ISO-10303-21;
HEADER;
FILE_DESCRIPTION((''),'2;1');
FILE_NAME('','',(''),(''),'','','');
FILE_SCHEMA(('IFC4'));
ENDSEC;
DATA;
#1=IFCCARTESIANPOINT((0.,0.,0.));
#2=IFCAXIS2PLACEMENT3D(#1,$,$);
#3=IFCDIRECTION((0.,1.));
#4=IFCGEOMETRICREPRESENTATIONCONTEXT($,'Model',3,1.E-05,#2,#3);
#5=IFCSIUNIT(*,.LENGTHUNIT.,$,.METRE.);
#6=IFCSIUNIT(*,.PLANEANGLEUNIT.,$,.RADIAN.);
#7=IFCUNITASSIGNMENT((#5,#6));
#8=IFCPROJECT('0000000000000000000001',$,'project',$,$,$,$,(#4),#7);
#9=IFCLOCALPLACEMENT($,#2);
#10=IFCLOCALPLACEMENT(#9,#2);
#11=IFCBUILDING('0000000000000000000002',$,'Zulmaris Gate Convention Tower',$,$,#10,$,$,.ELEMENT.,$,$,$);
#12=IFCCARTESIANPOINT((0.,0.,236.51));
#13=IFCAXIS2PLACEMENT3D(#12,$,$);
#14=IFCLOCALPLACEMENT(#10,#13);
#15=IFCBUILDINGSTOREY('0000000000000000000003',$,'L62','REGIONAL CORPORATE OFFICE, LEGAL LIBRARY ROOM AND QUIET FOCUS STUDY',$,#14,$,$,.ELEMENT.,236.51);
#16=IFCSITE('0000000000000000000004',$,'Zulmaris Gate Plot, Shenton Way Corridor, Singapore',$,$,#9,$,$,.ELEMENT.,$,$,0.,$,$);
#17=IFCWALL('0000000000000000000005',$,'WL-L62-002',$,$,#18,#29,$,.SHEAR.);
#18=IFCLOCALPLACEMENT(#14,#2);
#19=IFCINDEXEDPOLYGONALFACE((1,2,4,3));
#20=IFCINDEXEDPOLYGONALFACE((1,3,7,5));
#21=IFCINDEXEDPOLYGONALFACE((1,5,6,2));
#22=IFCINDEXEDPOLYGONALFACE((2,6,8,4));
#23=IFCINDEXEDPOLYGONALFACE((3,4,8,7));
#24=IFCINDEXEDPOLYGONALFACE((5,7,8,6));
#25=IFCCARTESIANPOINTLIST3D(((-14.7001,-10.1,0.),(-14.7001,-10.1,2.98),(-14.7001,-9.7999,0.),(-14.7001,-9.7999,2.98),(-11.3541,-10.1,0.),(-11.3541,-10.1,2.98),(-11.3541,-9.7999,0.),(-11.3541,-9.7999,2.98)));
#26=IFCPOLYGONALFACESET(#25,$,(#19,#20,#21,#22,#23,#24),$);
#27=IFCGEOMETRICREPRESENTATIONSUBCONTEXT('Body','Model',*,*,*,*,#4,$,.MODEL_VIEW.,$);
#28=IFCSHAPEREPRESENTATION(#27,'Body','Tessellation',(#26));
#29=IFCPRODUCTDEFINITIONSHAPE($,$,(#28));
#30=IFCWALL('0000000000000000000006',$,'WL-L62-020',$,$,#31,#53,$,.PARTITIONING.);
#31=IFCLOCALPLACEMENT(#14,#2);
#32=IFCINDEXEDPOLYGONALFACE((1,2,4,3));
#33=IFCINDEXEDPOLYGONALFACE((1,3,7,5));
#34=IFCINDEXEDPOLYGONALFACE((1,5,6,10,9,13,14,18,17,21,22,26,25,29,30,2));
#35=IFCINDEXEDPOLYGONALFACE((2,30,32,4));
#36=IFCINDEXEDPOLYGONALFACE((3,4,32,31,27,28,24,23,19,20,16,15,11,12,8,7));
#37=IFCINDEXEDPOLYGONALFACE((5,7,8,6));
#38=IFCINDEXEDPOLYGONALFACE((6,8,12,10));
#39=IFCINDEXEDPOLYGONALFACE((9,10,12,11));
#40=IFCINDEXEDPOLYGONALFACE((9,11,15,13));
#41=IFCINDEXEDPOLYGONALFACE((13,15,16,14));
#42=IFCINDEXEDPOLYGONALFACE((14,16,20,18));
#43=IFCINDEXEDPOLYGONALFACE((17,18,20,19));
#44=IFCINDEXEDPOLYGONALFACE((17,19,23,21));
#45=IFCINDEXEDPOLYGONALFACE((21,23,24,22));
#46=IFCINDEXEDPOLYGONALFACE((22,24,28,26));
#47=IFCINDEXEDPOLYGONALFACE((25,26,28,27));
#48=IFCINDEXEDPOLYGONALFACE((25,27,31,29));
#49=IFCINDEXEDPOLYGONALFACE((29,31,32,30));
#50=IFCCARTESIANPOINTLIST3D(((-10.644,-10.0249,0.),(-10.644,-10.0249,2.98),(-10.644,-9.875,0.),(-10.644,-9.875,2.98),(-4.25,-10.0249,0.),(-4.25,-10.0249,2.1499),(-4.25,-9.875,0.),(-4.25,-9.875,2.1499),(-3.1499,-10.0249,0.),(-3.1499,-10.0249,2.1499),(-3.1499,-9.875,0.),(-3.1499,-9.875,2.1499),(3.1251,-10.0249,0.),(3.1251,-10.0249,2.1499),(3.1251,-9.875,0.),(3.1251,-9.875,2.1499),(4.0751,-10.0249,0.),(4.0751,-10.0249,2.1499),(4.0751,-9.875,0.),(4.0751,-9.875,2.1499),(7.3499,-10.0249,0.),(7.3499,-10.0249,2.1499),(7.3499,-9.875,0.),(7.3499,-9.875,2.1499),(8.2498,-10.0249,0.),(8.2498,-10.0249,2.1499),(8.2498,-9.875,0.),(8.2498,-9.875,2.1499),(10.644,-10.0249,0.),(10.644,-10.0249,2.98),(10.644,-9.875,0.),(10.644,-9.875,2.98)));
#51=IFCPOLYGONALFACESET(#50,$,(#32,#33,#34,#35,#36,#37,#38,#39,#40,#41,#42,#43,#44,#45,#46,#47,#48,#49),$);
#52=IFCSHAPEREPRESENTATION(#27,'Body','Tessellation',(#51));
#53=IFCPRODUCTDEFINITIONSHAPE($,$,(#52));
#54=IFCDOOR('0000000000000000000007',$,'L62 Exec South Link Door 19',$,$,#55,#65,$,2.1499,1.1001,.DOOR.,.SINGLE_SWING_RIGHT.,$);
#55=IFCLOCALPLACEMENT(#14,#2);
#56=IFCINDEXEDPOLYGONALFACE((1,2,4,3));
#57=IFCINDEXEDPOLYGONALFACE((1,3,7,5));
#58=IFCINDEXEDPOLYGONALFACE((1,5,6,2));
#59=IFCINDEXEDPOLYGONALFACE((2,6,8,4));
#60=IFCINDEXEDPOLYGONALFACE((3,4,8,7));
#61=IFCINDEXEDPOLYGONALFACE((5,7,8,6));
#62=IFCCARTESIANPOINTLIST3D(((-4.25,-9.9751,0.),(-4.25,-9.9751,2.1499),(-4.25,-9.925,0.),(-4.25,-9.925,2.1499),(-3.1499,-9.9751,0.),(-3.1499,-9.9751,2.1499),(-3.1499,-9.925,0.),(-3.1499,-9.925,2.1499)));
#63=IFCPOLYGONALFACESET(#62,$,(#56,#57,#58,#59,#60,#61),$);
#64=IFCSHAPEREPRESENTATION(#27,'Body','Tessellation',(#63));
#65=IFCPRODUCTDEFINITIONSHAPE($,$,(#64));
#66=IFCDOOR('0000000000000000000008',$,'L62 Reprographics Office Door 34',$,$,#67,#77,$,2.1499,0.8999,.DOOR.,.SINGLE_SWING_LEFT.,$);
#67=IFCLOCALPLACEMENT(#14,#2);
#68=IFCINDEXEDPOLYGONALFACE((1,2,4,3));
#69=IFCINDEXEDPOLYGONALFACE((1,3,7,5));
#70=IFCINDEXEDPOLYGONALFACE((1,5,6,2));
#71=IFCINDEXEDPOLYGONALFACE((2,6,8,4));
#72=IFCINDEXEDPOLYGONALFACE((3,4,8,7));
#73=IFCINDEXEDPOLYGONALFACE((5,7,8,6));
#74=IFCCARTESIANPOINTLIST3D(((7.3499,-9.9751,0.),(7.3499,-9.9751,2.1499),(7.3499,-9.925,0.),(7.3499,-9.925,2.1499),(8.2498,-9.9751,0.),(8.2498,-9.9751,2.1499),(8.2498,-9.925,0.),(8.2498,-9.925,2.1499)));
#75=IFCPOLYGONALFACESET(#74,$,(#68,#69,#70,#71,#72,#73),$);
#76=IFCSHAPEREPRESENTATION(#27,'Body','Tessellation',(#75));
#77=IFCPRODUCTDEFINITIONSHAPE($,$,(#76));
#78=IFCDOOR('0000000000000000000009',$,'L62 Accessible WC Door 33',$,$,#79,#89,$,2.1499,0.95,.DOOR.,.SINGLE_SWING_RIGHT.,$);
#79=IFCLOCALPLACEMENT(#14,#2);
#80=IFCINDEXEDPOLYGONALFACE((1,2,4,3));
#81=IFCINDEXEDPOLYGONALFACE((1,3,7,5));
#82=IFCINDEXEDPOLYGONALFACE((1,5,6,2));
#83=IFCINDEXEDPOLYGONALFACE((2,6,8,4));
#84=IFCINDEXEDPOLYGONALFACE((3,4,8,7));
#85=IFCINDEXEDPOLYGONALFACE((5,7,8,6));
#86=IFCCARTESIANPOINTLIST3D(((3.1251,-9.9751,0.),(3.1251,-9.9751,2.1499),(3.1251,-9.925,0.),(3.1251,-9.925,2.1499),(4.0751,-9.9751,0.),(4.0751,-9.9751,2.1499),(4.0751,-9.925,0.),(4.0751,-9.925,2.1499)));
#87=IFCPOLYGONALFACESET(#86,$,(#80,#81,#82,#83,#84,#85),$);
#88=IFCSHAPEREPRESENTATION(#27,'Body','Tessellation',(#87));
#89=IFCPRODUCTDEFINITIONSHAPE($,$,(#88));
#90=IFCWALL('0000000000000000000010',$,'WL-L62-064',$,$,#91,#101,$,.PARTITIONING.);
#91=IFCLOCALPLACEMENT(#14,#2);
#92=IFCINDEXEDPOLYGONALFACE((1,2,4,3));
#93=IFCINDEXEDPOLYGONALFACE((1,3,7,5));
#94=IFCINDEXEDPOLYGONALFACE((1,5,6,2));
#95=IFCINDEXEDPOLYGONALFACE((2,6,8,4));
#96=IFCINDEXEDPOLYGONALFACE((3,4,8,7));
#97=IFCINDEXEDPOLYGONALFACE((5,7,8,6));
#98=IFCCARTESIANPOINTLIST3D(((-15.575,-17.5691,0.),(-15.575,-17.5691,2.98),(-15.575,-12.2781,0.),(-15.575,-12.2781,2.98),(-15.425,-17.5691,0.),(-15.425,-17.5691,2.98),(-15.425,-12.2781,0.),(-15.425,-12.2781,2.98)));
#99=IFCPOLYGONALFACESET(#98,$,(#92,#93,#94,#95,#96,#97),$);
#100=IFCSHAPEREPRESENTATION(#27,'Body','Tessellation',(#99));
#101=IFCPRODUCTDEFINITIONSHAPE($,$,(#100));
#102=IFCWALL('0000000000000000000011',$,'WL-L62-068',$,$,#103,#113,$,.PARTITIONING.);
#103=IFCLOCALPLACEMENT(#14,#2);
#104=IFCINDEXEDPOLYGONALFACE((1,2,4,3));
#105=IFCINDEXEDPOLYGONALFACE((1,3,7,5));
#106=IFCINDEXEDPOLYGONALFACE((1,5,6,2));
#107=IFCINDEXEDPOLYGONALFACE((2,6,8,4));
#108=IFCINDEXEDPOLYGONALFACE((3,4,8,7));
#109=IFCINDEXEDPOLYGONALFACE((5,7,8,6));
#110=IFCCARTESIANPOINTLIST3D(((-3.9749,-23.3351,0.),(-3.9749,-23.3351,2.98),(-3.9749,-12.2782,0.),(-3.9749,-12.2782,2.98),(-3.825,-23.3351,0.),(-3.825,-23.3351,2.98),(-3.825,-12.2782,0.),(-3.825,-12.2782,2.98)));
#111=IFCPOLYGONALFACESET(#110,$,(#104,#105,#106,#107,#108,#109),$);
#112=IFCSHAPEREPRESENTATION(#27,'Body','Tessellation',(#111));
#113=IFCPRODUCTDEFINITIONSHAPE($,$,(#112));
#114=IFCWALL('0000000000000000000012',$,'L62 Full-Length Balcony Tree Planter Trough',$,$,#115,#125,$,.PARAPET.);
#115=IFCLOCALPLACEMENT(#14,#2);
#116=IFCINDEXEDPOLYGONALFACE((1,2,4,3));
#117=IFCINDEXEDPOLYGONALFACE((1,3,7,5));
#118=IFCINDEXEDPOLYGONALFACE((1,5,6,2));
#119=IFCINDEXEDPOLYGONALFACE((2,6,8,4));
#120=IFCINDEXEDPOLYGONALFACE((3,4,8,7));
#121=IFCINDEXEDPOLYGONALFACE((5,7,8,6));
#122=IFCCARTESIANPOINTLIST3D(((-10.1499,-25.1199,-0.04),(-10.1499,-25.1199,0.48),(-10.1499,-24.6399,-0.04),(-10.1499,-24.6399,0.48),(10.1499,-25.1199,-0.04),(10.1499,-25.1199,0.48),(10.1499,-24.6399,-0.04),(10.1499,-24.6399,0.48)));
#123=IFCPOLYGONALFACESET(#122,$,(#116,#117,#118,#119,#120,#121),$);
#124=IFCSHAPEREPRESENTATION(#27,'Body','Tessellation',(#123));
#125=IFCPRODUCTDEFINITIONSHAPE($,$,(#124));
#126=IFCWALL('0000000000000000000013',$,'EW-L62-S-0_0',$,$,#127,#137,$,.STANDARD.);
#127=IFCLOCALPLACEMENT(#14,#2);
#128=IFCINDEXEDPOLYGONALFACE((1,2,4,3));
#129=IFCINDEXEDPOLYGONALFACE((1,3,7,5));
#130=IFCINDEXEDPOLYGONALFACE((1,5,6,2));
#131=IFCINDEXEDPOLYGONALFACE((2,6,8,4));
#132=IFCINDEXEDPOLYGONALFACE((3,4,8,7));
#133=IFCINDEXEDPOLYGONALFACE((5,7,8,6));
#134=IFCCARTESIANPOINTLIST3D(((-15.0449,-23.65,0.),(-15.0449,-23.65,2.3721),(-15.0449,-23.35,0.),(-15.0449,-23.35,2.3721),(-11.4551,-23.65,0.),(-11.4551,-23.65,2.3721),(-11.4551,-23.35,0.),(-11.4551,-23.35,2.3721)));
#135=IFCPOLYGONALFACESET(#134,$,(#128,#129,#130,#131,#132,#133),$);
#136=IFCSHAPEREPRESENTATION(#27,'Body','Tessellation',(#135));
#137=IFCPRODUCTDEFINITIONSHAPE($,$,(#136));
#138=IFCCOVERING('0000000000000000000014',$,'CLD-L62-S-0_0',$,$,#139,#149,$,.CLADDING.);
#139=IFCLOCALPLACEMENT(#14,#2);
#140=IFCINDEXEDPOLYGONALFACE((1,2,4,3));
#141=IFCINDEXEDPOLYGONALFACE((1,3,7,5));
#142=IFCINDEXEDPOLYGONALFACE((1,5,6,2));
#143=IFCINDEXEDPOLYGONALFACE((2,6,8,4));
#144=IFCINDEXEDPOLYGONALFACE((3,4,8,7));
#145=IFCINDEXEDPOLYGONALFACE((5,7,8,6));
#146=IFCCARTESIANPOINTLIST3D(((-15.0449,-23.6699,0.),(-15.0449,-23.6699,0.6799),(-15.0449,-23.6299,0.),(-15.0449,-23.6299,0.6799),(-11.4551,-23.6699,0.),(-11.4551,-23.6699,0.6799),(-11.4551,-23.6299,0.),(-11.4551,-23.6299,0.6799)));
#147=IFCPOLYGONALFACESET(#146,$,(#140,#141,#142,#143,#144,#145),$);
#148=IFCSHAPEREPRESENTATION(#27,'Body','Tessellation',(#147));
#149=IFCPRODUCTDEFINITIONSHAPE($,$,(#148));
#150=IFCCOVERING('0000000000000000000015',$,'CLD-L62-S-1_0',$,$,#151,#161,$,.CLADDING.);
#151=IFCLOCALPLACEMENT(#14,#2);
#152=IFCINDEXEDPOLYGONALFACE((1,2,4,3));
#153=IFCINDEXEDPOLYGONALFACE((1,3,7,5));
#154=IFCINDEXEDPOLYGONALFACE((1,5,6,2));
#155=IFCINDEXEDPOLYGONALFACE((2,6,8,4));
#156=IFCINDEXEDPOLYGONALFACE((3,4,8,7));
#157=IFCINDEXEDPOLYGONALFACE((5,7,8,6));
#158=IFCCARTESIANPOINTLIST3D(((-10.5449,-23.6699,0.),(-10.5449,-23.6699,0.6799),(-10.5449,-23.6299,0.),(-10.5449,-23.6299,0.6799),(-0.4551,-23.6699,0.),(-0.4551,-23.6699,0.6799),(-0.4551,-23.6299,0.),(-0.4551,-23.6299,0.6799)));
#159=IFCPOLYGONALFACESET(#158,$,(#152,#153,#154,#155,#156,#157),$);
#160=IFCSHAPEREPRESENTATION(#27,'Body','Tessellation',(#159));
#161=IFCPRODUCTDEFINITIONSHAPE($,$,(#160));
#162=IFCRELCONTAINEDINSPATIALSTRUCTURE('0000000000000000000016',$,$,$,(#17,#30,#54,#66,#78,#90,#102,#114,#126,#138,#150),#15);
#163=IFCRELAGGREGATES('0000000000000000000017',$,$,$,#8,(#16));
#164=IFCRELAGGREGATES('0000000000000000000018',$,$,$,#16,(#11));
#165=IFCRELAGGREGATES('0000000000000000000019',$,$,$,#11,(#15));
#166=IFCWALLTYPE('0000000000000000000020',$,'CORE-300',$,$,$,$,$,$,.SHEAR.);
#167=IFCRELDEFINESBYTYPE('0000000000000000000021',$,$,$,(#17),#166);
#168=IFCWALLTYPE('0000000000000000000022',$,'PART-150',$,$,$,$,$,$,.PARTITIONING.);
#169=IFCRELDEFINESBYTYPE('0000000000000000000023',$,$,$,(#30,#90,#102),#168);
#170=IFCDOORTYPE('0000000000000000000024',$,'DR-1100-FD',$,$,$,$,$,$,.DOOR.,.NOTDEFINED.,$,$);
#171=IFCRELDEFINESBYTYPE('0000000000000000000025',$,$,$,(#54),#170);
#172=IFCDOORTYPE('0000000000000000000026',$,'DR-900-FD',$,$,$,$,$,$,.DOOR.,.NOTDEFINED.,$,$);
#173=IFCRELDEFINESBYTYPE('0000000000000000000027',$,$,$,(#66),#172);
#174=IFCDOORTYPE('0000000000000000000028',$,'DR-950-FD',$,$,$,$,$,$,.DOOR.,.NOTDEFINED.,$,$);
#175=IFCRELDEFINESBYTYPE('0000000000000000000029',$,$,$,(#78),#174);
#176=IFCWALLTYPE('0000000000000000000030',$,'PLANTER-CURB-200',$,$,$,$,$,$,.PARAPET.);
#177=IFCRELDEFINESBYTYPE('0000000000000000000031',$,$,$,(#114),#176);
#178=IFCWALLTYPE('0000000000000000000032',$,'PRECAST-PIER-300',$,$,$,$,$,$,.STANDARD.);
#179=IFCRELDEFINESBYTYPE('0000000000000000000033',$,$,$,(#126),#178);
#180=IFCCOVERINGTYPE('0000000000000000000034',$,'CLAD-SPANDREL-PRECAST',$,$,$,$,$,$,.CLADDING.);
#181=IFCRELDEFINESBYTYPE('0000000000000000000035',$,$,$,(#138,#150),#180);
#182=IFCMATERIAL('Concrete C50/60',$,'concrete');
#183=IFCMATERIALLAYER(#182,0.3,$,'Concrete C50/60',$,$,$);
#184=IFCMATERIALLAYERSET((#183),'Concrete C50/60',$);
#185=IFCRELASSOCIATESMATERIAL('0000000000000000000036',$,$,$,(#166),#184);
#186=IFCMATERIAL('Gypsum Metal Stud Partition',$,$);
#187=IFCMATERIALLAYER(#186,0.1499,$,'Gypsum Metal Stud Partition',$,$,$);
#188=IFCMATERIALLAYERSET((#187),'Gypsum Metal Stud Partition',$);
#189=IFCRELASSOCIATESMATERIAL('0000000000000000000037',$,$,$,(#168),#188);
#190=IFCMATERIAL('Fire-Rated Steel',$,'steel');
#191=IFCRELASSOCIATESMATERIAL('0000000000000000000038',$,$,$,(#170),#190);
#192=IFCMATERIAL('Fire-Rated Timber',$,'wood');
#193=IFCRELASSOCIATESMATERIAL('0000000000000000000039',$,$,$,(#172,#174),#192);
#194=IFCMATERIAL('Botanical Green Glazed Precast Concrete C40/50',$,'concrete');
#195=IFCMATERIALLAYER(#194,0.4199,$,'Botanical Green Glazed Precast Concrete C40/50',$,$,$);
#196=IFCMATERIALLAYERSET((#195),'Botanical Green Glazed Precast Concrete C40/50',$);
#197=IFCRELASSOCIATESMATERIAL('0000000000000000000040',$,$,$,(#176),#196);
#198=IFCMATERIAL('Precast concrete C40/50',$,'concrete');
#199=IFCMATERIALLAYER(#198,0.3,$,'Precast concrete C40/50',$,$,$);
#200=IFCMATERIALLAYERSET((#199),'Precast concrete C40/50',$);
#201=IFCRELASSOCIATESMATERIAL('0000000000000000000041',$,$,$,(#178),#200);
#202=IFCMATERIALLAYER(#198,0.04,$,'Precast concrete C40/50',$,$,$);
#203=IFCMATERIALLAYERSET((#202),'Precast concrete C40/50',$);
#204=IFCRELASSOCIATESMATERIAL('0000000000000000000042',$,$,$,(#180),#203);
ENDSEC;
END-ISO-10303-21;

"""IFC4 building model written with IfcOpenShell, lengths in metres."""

from ifc_helpers import new_model, si_unit, direction, frame, frame_2d, origin, place, context, subcontext, project, spatial, rectangle, extrude, material, layer, layer_set, type_object, element, fill, save


model = new_model("IFC4")

# Units and contexts
model_context = context("Model", 3, precision=1e-05, world=origin(), true_north=direction((0.0, 1.0)))
body_context = subcontext(model_context, "Body", "Model", "MODEL_VIEW")
ifc_project = project(units=[si_unit("LENGTHUNIT", "METRE"), si_unit("PLANEANGLEUNIT", "RADIAN")], contexts=[model_context])

# Site, building, storey
site_placement = place(None, origin())
site = spatial("IfcSite", under=ifc_project, at=site_placement, Name="Zulmaris Gate Plot, Shenton Way Corridor, Singapore", CompositionType="ELEMENT", RefElevation=0.0)
building_placement = place(site_placement, origin())
building = spatial("IfcBuilding", under=site, at=building_placement, Name="Zulmaris Gate Convention Tower", CompositionType="ELEMENT")
storey_placement = place(building_placement, frame((0.0, 0.0, 236.51)))
storey = spatial("IfcBuildingStorey", under=building, at=storey_placement, Name="L62", Description="REGIONAL CORPORATE OFFICE, LEGAL LIBRARY ROOM AND QUIET FOCUS STUDY", CompositionType="ELEMENT", Elevation=236.51)

# Shared definitions
ifc_material_1 = material(Name="Concrete C50/60", Category="concrete")

# Wall
ifc_layer_1 = layer(ifc_material_1, 0.3, Name="Concrete C50/60")
ifc_layer_set_1 = layer_set([ifc_layer_1], Name="Concrete C50/60")
wall_type_1 = type_object("IfcWallType", Name="CORE-300", PredefinedType="SHEAR", material=ifc_layer_set_1)
wall_1_placement = place(storey_placement, frame((-14.7, -9.95, 0.0), z_axis=(0.0, 0.0, 1.0), x_axis=(1.0, 0.0, 0.0)))
element("IfcWall", 1, at=wall_1_placement, inside=storey, type_object=wall_type_1, Name="WL-L62-002", PredefinedType="SHEAR", context=body_context, shape_type="SweptSolid", body=[
    extrude(rectangle(XDim=3.3459, YDim=0.3, at=frame_2d((1.6729, 0.0))), origin(), (0.0, 0.0, 1.0), 2.98),
])

# Wall, openings, doors
ifc_material_2 = material(Name="Gypsum Metal Stud Partition")
ifc_layer_2 = layer(ifc_material_2, 0.1499, Name="Gypsum Metal Stud Partition")
ifc_layer_set_2 = layer_set([ifc_layer_2], Name="Gypsum Metal Stud Partition")
wall_type_2 = type_object("IfcWallType", Name="PART-150", PredefinedType="PARTITIONING", material=ifc_layer_set_2)
wall_2_placement = place(storey_placement, frame((-10.644, -9.95, 0.0), z_axis=(0.0, 0.0, 1.0), x_axis=(1.0, 0.0, 0.0)))
wall_2 = element("IfcWall", 2, at=wall_2_placement, inside=storey, type_object=wall_type_2, Name="WL-L62-020", PredefinedType="PARTITIONING", context=body_context, shape_type="SweptSolid", body=[
    extrude(rectangle(XDim=21.2881, YDim=0.1499, at=frame_2d((10.644, 0.0))), origin(), (0.0, 0.0, 1.0), 2.98),
])
opening_1_placement = place(wall_2_placement, frame((6.394, 0.0, 0.0)))
opening_1 = element("IfcOpeningElement", 3, at=opening_1_placement, cuts=wall_2, PredefinedType="OPENING", context=body_context, shape_type="SweptSolid", body=[
    extrude(rectangle(XDim=1.1001, YDim=2.1499, at=frame_2d((0.55, 1.075))), frame((0.0, 0.085, 0.0), z_axis=(0.0, -1.0, 0.0), x_axis=(1.0, 0.0, 0.0)), (0.0, 0.0, 1.0), 0.1699),
])
opening_2_placement = place(wall_2_placement, frame((13.769, 0.0, 0.0)))
opening_2 = element("IfcOpeningElement", 4, at=opening_2_placement, cuts=wall_2, PredefinedType="OPENING", context=body_context, shape_type="SweptSolid", body=[
    extrude(rectangle(XDim=0.95, YDim=2.1499, at=frame_2d((0.4751, 1.075))), frame((0.0, 0.085, 0.0), z_axis=(0.0, -1.0, 0.0), x_axis=(1.0, 0.0, 0.0)), (0.0, 0.0, 1.0), 0.1699),
])
opening_3_placement = place(wall_2_placement, frame((17.9939, 0.0, 0.0)))
opening_3 = element("IfcOpeningElement", 5, at=opening_3_placement, cuts=wall_2, PredefinedType="OPENING", context=body_context, shape_type="SweptSolid", body=[
    extrude(rectangle(XDim=0.8999, YDim=2.1499, at=frame_2d((0.45, 1.075))), frame((0.0, 0.085, 0.0), z_axis=(0.0, -1.0, 0.0), x_axis=(1.0, 0.0, 0.0)), (0.0, 0.0, 1.0), 0.1699),
])
ifc_material_3 = material(Name="Fire-Rated Steel", Category="steel")
door_type_1 = type_object("IfcDoorType", Name="DR-1100-FD", OperationType="NOTDEFINED", PredefinedType="DOOR", material=ifc_material_3)
door_1_placement = place(opening_1_placement, origin())
door_1 = element("IfcDoor", 6, at=door_1_placement, inside=storey, type_object=door_type_1, Name="L62 Exec South Link Door 19", OperationType="SINGLE_SWING_RIGHT", OverallHeight=2.1499, OverallWidth=1.1001, PredefinedType="DOOR", context=body_context, shape_type="SweptSolid", body=[
    extrude(rectangle(XDim=1.1001, YDim=2.1499, at=frame_2d((0.55, 1.075))), frame((0.0, 0.0249, 0.0), z_axis=(0.0, -1.0, 0.0), x_axis=(1.0, 0.0, 0.0)), (0.0, 0.0, 1.0), 0.05),
])
fill(opening_1, door_1)
ifc_material_4 = material(Name="Fire-Rated Timber", Category="wood")
door_type_2 = type_object("IfcDoorType", Name="DR-900-FD", OperationType="NOTDEFINED", PredefinedType="DOOR", material=ifc_material_4)
door_2_placement = place(opening_3_placement, origin())
door_2 = element("IfcDoor", 7, at=door_2_placement, inside=storey, type_object=door_type_2, Name="L62 Reprographics Office Door 34", OperationType="SINGLE_SWING_LEFT", OverallHeight=2.1499, OverallWidth=0.8999, PredefinedType="DOOR", context=body_context, shape_type="SweptSolid", body=[
    extrude(rectangle(XDim=0.8999, YDim=2.1499, at=frame_2d((0.45, 1.075))), frame((0.0, 0.0249, 0.0), z_axis=(0.0, -1.0, 0.0), x_axis=(1.0, 0.0, 0.0)), (0.0, 0.0, 1.0), 0.05),
])
fill(opening_3, door_2)
door_type_3 = type_object("IfcDoorType", Name="DR-950-FD", OperationType="NOTDEFINED", PredefinedType="DOOR", material=ifc_material_4)
door_3_placement = place(opening_2_placement, origin())
door_3 = element("IfcDoor", 8, at=door_3_placement, inside=storey, type_object=door_type_3, Name="L62 Accessible WC Door 33", OperationType="SINGLE_SWING_RIGHT", OverallHeight=2.1499, OverallWidth=0.95, PredefinedType="DOOR", context=body_context, shape_type="SweptSolid", body=[
    extrude(rectangle(XDim=0.95, YDim=2.1499, at=frame_2d((0.4751, 1.075))), frame((0.0, 0.0249, 0.0), z_axis=(0.0, -1.0, 0.0), x_axis=(1.0, 0.0, 0.0)), (0.0, 0.0, 1.0), 0.05),
])
fill(opening_2, door_3)

# Walls
wall_3_placement = place(storey_placement, frame((-15.5, -17.5691, 0.0), z_axis=(0.0, 0.0, 1.0), x_axis=(0.0, 1.0, 0.0)))
element("IfcWall", 9, at=wall_3_placement, inside=storey, type_object=wall_type_2, Name="WL-L62-064", PredefinedType="PARTITIONING", context=body_context, shape_type="SweptSolid", body=[
    extrude(rectangle(XDim=5.291, YDim=0.1499, at=frame_2d((2.6455, 0.0))), origin(), (0.0, 0.0, 1.0), 2.98),
])
wall_4_placement = place(storey_placement, frame((-3.8999, -23.335, 0.0), z_axis=(0.0, 0.0, 1.0), x_axis=(0.0, 1.0, 0.0)))
element("IfcWall", 10, at=wall_4_placement, inside=storey, type_object=wall_type_2, Name="WL-L62-068", PredefinedType="PARTITIONING", context=body_context, shape_type="SweptSolid", body=[
    extrude(rectangle(XDim=11.0569, YDim=0.1499, at=frame_2d((5.5283, 0.0))), origin(), (0.0, 0.0, 1.0), 2.98),
])
ifc_material_5 = material(Name="Botanical Green Glazed Precast Concrete C40/50", Category="concrete")
ifc_layer_3 = layer(ifc_material_5, 0.4199, Name="Botanical Green Glazed Precast Concrete C40/50")
ifc_layer_set_3 = layer_set([ifc_layer_3], Name="Botanical Green Glazed Precast Concrete C40/50")
wall_type_3 = type_object("IfcWallType", Name="PLANTER-CURB-200", PredefinedType="PARAPET", material=ifc_layer_set_3)
wall_5_placement = place(storey_placement, frame((-10.1499, -24.8799, -0.04), z_axis=(0.0, 0.0, 1.0), x_axis=(1.0, 0.0, 0.0)))
element("IfcWall", 11, at=wall_5_placement, inside=storey, type_object=wall_type_3, Name="L62 Full-Length Balcony Tree Planter Trough", PredefinedType="PARAPET", context=body_context, shape_type="SweptSolid", body=[
    extrude(rectangle(XDim=20.2998, YDim=0.48, at=frame_2d((10.1499, 0.0))), origin(), (0.0, 0.0, 1.0), 0.52),
])
ifc_material_6 = material(Name="Precast concrete C40/50", Category="concrete")
ifc_layer_4 = layer(ifc_material_6, 0.3, Name="Precast concrete C40/50")
ifc_layer_set_4 = layer_set([ifc_layer_4], Name="Precast concrete C40/50")
wall_type_4 = type_object("IfcWallType", Name="PRECAST-PIER-300", PredefinedType="STANDARD", material=ifc_layer_set_4)
wall_6_placement = place(storey_placement, frame((-15.0449, -23.5, 0.0), z_axis=(0.0, 0.0, 1.0), x_axis=(1.0, 0.0, 0.0)))
element("IfcWall", 12, at=wall_6_placement, inside=storey, type_object=wall_type_4, Name="EW-L62-S-0_0", PredefinedType="STANDARD", context=body_context, shape_type="SweptSolid", body=[
    extrude(rectangle(XDim=3.5898, YDim=0.3, at=frame_2d((1.7949, 0.0))), origin(), (0.0, 0.0, 1.0), 2.3721),
])

# Coverings
ifc_layer_5 = layer(ifc_material_6, 0.04, Name="Precast concrete C40/50")
ifc_layer_set_5 = layer_set([ifc_layer_5], Name="Precast concrete C40/50")
covering_type = type_object("IfcCoveringType", Name="CLAD-SPANDREL-PRECAST", PredefinedType="CLADDING", material=ifc_layer_set_5)
covering_1_placement = place(storey_placement, frame((-15.0449, -23.6499, 0.0), z_axis=(0.0, 0.0, 1.0), x_axis=(1.0, 0.0, 0.0)))
element("IfcCovering", 13, at=covering_1_placement, inside=storey, type_object=covering_type, Name="CLD-L62-S-0_0", PredefinedType="CLADDING", context=body_context, shape_type="SweptSolid", body=[
    extrude(rectangle(XDim=3.5898, YDim=0.04, at=frame_2d((1.7949, 0.0))), origin(), (0.0, 0.0, 1.0), 0.6799),
])
covering_2_placement = place(storey_placement, frame((-10.5449, -23.6499, 0.0), z_axis=(0.0, 0.0, 1.0), x_axis=(1.0, 0.0, 0.0)))
element("IfcCovering", 14, at=covering_2_placement, inside=storey, type_object=covering_type, Name="CLD-L62-S-1_0", PredefinedType="CLADDING", context=body_context, shape_type="SweptSolid", body=[
    extrude(rectangle(XDim=10.0898, YDim=0.04, at=frame_2d((5.0449, 0.0))), origin(), (0.0, 0.0, 1.0), 0.6799),
])

save(model, "model.ifc")
